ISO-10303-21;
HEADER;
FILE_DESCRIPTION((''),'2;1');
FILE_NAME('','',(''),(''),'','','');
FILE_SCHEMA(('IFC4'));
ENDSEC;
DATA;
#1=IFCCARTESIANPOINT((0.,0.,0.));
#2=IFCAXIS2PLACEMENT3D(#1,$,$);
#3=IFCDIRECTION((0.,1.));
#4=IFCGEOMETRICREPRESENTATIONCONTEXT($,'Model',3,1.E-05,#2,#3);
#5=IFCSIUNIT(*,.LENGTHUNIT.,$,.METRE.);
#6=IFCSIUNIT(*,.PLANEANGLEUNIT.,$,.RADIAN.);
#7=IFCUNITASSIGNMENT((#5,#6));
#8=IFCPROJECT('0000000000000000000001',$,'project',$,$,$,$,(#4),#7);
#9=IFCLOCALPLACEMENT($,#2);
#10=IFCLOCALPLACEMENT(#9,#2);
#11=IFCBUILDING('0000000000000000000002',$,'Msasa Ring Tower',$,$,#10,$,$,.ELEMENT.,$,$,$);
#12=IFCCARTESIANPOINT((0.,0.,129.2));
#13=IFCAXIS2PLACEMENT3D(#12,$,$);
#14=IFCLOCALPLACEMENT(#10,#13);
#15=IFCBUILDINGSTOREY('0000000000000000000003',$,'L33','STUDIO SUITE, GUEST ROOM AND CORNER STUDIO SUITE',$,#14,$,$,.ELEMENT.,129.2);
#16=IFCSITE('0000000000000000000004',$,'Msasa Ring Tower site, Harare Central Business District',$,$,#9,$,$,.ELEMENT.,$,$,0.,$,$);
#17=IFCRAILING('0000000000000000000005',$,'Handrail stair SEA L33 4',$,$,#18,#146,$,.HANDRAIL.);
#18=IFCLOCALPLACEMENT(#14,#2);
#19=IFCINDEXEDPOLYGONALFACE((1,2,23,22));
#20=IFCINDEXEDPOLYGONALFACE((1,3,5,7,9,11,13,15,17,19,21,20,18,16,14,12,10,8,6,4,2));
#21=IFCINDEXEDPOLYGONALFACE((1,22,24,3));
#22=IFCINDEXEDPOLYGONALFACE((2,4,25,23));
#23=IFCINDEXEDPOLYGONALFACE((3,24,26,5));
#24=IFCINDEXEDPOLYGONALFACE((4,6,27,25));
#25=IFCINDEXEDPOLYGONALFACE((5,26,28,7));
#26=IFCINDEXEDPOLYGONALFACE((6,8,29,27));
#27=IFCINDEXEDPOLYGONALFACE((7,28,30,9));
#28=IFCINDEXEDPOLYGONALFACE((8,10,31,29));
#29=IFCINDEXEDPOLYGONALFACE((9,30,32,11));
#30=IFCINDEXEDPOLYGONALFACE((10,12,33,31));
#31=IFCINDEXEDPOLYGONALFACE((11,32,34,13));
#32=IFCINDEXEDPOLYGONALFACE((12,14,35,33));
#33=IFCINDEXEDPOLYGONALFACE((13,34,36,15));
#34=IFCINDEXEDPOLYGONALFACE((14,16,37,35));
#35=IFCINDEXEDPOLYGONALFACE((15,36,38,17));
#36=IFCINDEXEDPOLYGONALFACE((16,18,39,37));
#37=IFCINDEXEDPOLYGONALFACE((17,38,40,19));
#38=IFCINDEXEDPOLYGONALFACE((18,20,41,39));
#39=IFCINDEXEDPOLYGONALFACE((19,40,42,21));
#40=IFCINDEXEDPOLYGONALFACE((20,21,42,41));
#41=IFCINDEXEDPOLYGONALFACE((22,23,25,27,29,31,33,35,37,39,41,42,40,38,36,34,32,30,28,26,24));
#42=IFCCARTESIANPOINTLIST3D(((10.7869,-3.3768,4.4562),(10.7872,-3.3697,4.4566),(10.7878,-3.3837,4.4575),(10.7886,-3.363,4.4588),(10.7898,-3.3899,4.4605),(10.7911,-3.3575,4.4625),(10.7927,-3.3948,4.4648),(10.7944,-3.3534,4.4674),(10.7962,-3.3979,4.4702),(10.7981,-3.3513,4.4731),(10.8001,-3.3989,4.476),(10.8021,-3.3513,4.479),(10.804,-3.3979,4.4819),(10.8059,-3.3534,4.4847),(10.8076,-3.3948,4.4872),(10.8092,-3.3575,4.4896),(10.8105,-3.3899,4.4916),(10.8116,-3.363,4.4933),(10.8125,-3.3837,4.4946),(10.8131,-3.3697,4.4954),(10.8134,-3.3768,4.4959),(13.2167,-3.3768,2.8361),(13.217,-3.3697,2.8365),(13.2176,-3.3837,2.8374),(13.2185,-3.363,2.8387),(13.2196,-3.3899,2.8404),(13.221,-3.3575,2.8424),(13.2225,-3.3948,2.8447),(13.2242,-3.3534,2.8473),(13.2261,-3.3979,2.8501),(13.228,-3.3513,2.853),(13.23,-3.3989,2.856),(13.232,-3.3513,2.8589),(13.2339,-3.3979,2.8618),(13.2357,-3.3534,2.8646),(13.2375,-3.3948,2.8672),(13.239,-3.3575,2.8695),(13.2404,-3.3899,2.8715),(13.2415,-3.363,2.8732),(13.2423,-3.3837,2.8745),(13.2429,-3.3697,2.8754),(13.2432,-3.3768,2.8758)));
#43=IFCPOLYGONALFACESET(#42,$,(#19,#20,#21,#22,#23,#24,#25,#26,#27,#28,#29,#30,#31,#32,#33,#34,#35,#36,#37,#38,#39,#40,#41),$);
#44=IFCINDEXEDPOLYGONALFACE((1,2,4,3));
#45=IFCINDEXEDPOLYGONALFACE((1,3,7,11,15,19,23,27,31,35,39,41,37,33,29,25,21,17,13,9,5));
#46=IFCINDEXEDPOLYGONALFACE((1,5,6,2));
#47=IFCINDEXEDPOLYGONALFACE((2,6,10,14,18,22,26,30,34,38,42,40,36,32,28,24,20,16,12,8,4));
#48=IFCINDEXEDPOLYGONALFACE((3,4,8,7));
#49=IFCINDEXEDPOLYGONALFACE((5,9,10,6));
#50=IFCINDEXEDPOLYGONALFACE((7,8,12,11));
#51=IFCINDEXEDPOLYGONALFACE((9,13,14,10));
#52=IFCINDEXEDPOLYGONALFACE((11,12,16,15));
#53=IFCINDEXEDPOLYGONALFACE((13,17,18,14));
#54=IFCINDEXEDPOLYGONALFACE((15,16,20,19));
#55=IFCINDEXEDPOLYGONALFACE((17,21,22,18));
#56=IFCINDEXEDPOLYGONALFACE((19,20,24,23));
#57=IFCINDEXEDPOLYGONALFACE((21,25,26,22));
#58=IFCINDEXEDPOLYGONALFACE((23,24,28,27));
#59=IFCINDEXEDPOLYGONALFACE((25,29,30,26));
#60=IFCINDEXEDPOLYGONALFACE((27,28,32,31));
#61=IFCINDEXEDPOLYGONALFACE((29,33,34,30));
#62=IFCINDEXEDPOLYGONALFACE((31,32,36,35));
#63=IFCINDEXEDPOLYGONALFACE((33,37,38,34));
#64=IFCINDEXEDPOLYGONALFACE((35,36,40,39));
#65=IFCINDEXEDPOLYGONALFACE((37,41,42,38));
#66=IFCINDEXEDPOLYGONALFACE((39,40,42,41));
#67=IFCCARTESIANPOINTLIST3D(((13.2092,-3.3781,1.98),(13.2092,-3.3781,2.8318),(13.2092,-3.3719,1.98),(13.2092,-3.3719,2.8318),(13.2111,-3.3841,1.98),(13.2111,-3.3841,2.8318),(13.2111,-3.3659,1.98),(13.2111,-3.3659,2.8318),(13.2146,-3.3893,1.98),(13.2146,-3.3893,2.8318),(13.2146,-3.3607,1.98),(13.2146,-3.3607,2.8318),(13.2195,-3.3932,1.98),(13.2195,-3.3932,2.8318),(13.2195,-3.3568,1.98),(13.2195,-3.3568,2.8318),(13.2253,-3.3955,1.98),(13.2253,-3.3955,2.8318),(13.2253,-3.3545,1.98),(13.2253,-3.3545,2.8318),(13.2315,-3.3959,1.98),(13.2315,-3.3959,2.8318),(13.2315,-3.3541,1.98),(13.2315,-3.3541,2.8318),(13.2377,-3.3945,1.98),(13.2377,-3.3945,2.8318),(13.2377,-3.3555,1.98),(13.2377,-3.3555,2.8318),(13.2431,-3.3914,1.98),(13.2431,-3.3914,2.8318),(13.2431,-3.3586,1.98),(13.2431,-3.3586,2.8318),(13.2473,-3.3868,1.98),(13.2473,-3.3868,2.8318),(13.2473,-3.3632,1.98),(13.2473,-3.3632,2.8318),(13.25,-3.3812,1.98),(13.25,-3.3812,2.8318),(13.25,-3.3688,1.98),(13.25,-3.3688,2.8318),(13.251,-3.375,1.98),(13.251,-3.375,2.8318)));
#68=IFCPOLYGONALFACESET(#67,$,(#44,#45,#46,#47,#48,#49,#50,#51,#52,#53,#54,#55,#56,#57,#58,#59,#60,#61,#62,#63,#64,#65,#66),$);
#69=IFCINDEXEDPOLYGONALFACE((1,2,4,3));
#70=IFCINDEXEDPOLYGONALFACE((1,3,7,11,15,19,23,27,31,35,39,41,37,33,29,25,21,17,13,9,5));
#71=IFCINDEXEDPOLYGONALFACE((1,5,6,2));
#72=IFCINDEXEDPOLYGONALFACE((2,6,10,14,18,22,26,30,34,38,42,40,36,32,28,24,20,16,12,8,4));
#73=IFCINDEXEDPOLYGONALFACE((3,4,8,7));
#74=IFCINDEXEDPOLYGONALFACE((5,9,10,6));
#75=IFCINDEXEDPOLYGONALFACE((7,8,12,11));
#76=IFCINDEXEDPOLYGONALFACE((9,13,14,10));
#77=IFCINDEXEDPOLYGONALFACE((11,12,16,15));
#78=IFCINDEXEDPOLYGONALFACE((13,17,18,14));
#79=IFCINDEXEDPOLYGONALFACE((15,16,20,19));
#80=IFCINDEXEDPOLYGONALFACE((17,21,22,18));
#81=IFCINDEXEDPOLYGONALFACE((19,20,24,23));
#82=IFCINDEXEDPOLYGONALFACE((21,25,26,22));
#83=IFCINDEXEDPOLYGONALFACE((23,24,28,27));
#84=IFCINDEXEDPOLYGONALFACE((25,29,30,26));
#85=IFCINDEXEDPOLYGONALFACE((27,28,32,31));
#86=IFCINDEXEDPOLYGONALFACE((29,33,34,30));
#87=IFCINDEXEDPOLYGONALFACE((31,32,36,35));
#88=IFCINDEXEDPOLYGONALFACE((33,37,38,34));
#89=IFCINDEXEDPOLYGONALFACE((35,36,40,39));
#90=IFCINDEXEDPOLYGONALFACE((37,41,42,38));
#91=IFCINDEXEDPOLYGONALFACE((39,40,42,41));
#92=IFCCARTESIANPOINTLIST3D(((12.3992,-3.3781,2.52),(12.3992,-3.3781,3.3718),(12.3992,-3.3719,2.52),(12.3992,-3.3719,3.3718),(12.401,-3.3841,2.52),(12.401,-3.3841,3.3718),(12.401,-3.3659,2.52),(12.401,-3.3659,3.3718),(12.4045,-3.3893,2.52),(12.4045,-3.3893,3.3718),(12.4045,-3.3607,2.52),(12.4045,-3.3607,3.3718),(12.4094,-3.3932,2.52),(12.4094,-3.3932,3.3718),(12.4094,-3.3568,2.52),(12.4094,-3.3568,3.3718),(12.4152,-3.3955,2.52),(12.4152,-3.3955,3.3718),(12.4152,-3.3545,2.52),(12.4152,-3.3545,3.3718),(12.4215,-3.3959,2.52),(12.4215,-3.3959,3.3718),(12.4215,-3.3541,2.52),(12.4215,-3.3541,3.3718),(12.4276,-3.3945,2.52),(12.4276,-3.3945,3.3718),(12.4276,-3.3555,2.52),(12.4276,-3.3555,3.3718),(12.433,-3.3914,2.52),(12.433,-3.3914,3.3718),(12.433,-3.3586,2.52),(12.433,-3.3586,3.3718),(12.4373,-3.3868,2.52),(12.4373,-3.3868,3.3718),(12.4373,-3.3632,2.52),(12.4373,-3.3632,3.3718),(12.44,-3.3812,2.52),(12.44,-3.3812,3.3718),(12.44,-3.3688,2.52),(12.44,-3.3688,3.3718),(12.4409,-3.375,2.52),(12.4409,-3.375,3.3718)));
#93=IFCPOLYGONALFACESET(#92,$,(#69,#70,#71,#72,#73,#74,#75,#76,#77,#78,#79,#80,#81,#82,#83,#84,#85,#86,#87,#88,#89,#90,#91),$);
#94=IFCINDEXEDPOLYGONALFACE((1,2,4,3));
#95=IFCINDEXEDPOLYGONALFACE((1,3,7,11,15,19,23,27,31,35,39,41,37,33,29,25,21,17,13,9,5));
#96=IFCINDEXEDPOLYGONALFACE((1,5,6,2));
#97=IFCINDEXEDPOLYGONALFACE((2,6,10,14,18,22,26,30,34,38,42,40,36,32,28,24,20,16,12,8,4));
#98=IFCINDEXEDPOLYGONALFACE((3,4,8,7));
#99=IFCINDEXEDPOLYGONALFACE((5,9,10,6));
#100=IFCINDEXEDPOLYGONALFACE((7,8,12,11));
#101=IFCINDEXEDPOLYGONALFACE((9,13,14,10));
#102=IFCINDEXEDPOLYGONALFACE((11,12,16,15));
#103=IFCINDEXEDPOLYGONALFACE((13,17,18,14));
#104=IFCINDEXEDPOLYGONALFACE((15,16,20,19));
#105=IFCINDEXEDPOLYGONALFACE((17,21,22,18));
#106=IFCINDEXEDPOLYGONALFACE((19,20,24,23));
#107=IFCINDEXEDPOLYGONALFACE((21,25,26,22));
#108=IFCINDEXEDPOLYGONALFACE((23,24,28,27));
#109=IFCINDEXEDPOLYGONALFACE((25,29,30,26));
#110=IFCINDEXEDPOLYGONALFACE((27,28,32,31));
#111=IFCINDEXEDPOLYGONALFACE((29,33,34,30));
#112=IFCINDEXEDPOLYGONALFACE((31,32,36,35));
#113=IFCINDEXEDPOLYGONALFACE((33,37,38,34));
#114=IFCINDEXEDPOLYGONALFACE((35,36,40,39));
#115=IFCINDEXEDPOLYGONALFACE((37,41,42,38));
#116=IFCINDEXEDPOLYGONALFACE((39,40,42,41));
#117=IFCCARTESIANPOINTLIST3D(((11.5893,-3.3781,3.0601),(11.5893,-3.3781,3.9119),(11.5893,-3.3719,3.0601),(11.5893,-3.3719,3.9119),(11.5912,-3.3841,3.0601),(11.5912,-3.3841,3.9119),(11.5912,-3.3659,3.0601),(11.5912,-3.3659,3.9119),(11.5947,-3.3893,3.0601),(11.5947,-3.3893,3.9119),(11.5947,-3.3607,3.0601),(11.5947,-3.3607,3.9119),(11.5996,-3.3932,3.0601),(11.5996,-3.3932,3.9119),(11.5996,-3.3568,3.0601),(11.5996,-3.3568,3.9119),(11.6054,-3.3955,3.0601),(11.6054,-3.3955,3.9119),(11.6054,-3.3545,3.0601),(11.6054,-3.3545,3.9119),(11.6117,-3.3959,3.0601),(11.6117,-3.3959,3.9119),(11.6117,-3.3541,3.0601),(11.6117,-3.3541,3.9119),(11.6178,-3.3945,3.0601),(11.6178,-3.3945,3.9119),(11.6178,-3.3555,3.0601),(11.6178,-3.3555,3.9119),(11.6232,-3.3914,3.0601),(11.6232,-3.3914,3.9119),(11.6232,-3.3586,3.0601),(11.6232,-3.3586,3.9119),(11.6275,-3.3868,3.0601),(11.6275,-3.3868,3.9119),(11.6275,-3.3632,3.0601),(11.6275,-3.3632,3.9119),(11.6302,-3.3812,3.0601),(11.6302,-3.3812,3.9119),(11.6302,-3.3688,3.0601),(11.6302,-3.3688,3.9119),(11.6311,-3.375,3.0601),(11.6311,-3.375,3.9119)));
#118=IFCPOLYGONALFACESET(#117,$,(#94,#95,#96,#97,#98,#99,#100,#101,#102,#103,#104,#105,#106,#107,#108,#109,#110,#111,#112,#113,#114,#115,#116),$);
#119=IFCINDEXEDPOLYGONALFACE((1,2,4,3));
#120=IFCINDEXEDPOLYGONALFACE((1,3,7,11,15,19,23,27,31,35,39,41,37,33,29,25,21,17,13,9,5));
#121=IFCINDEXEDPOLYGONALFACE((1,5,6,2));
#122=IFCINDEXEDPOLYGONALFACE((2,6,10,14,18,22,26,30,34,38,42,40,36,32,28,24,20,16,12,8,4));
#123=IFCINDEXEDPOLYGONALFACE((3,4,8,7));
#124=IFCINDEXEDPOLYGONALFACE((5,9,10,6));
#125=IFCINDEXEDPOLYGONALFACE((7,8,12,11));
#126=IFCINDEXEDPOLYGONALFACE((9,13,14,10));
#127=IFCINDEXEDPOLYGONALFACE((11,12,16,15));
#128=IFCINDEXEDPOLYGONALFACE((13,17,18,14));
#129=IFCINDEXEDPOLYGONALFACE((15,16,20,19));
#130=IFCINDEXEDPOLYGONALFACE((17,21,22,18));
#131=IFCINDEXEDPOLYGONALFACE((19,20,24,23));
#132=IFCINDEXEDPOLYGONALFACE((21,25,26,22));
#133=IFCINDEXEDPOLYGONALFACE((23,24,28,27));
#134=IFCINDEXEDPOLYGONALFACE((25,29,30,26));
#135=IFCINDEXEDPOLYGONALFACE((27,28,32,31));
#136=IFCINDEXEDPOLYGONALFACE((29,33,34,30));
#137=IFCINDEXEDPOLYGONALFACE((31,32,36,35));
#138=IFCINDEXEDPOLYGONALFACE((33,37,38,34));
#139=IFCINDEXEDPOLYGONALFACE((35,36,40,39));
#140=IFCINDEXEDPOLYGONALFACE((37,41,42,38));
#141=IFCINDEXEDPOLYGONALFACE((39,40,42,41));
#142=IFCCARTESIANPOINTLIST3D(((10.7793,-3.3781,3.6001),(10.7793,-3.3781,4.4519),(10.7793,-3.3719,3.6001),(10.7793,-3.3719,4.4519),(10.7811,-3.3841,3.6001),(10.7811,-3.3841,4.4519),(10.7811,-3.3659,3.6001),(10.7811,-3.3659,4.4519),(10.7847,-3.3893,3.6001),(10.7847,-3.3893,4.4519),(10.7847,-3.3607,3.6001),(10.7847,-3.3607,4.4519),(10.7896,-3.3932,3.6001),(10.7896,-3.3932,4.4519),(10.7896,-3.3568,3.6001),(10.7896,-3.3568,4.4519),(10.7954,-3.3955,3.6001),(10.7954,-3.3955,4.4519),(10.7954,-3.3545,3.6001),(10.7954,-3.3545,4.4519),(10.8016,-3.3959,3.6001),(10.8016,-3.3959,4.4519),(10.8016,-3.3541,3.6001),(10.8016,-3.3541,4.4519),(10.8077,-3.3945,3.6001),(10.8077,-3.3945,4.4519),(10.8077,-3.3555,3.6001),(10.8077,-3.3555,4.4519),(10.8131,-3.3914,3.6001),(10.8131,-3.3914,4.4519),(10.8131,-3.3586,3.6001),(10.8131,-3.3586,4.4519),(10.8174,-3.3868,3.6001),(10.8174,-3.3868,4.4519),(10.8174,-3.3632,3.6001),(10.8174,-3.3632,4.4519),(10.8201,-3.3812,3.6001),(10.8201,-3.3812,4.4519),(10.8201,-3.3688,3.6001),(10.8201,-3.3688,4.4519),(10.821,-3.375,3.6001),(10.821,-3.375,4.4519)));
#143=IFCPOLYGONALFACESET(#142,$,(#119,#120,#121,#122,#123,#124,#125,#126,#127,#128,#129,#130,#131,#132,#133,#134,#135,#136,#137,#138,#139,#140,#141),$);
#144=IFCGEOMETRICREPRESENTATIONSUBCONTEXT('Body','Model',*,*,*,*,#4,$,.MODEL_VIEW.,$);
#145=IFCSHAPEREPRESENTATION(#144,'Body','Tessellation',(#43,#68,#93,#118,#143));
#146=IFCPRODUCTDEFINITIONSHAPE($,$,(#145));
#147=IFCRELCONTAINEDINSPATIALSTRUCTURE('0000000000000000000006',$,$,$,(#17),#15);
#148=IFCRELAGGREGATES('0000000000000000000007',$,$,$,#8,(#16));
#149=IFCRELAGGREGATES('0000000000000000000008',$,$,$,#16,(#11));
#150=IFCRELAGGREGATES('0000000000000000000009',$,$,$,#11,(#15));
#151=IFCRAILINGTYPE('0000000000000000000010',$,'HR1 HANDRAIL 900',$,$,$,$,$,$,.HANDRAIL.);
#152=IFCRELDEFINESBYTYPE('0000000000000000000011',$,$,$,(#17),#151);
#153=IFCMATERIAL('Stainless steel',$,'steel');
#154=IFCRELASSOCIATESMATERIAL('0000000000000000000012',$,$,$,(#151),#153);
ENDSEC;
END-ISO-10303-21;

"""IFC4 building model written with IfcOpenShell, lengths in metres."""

from ifc_helpers import new_model, si_unit, direction, frame, origin, origin_2d, place, context, subcontext, project, spatial, circle, extrude, material, type_object, element, save


model = new_model("IFC4")

# Units and contexts
model_context = context("Model", 3, precision=1e-05, world=origin(), true_north=direction((0.0, 1.0)))
body_context = subcontext(model_context, "Body", "Model", "MODEL_VIEW")
ifc_project = project(units=[si_unit("LENGTHUNIT", "METRE"), si_unit("PLANEANGLEUNIT", "RADIAN")], contexts=[model_context])

# Site, building, storey
site_placement = place(None, origin())
site = spatial("IfcSite", under=ifc_project, at=site_placement, Name="Msasa Ring Tower site, Harare Central Business District", CompositionType="ELEMENT", RefElevation=0.0)
building_placement = place(site_placement, origin())
building = spatial("IfcBuilding", under=site, at=building_placement, Name="Msasa Ring Tower", CompositionType="ELEMENT")
storey_placement = place(building_placement, frame((0.0, 0.0, 129.2)))
storey = spatial("IfcBuildingStorey", under=building, at=storey_placement, Name="L33", Description="STUDIO SUITE, GUEST ROOM AND CORNER STUDIO SUITE", CompositionType="ELEMENT", Elevation=129.2)

# Railing
ifc_material_1 = material(Name="Stainless steel", Category="steel")
railing_type = type_object("IfcRailingType", Name="HR1 HANDRAIL 900", PredefinedType="HANDRAIL", material=ifc_material_1)
railing_placement = place(storey_placement, frame((13.23, -3.375, 1.98)))
element("IfcRailing", 1, at=railing_placement, inside=storey, type_object=railing_type, Name="Handrail stair SEA L33 4", PredefinedType="HANDRAIL", context=body_context, shape_type="SweptSolid", body=[
    extrude(circle(Radius=0.0239, at=origin_2d()), frame((0.0, 0.0, 0.876), z_axis=(-0.832025, 0.0, 0.554739), x_axis=(0.0, -1.0, 0.0)), (0.0, 0.0, 1.0), 2.9204),
    extrude(circle(Radius=0.021, at=origin_2d()), origin(), (0.0, 0.0, 1.0), 0.8518),
    extrude(circle(Radius=0.021, at=origin_2d()), frame((-0.8101, 0.0, 0.54)), (0.0, 0.0, 1.0), 0.8518),
    extrude(circle(Radius=0.021, at=origin_2d()), frame((-1.6199, 0.0, 1.0801)), (0.0, 0.0, 1.0), 0.8518),
    extrude(circle(Radius=0.021, at=origin_2d()), frame((-2.4299, 0.0, 1.6201)), (0.0, 0.0, 1.0), 0.8518),
])

save(model, "model.ifc")
